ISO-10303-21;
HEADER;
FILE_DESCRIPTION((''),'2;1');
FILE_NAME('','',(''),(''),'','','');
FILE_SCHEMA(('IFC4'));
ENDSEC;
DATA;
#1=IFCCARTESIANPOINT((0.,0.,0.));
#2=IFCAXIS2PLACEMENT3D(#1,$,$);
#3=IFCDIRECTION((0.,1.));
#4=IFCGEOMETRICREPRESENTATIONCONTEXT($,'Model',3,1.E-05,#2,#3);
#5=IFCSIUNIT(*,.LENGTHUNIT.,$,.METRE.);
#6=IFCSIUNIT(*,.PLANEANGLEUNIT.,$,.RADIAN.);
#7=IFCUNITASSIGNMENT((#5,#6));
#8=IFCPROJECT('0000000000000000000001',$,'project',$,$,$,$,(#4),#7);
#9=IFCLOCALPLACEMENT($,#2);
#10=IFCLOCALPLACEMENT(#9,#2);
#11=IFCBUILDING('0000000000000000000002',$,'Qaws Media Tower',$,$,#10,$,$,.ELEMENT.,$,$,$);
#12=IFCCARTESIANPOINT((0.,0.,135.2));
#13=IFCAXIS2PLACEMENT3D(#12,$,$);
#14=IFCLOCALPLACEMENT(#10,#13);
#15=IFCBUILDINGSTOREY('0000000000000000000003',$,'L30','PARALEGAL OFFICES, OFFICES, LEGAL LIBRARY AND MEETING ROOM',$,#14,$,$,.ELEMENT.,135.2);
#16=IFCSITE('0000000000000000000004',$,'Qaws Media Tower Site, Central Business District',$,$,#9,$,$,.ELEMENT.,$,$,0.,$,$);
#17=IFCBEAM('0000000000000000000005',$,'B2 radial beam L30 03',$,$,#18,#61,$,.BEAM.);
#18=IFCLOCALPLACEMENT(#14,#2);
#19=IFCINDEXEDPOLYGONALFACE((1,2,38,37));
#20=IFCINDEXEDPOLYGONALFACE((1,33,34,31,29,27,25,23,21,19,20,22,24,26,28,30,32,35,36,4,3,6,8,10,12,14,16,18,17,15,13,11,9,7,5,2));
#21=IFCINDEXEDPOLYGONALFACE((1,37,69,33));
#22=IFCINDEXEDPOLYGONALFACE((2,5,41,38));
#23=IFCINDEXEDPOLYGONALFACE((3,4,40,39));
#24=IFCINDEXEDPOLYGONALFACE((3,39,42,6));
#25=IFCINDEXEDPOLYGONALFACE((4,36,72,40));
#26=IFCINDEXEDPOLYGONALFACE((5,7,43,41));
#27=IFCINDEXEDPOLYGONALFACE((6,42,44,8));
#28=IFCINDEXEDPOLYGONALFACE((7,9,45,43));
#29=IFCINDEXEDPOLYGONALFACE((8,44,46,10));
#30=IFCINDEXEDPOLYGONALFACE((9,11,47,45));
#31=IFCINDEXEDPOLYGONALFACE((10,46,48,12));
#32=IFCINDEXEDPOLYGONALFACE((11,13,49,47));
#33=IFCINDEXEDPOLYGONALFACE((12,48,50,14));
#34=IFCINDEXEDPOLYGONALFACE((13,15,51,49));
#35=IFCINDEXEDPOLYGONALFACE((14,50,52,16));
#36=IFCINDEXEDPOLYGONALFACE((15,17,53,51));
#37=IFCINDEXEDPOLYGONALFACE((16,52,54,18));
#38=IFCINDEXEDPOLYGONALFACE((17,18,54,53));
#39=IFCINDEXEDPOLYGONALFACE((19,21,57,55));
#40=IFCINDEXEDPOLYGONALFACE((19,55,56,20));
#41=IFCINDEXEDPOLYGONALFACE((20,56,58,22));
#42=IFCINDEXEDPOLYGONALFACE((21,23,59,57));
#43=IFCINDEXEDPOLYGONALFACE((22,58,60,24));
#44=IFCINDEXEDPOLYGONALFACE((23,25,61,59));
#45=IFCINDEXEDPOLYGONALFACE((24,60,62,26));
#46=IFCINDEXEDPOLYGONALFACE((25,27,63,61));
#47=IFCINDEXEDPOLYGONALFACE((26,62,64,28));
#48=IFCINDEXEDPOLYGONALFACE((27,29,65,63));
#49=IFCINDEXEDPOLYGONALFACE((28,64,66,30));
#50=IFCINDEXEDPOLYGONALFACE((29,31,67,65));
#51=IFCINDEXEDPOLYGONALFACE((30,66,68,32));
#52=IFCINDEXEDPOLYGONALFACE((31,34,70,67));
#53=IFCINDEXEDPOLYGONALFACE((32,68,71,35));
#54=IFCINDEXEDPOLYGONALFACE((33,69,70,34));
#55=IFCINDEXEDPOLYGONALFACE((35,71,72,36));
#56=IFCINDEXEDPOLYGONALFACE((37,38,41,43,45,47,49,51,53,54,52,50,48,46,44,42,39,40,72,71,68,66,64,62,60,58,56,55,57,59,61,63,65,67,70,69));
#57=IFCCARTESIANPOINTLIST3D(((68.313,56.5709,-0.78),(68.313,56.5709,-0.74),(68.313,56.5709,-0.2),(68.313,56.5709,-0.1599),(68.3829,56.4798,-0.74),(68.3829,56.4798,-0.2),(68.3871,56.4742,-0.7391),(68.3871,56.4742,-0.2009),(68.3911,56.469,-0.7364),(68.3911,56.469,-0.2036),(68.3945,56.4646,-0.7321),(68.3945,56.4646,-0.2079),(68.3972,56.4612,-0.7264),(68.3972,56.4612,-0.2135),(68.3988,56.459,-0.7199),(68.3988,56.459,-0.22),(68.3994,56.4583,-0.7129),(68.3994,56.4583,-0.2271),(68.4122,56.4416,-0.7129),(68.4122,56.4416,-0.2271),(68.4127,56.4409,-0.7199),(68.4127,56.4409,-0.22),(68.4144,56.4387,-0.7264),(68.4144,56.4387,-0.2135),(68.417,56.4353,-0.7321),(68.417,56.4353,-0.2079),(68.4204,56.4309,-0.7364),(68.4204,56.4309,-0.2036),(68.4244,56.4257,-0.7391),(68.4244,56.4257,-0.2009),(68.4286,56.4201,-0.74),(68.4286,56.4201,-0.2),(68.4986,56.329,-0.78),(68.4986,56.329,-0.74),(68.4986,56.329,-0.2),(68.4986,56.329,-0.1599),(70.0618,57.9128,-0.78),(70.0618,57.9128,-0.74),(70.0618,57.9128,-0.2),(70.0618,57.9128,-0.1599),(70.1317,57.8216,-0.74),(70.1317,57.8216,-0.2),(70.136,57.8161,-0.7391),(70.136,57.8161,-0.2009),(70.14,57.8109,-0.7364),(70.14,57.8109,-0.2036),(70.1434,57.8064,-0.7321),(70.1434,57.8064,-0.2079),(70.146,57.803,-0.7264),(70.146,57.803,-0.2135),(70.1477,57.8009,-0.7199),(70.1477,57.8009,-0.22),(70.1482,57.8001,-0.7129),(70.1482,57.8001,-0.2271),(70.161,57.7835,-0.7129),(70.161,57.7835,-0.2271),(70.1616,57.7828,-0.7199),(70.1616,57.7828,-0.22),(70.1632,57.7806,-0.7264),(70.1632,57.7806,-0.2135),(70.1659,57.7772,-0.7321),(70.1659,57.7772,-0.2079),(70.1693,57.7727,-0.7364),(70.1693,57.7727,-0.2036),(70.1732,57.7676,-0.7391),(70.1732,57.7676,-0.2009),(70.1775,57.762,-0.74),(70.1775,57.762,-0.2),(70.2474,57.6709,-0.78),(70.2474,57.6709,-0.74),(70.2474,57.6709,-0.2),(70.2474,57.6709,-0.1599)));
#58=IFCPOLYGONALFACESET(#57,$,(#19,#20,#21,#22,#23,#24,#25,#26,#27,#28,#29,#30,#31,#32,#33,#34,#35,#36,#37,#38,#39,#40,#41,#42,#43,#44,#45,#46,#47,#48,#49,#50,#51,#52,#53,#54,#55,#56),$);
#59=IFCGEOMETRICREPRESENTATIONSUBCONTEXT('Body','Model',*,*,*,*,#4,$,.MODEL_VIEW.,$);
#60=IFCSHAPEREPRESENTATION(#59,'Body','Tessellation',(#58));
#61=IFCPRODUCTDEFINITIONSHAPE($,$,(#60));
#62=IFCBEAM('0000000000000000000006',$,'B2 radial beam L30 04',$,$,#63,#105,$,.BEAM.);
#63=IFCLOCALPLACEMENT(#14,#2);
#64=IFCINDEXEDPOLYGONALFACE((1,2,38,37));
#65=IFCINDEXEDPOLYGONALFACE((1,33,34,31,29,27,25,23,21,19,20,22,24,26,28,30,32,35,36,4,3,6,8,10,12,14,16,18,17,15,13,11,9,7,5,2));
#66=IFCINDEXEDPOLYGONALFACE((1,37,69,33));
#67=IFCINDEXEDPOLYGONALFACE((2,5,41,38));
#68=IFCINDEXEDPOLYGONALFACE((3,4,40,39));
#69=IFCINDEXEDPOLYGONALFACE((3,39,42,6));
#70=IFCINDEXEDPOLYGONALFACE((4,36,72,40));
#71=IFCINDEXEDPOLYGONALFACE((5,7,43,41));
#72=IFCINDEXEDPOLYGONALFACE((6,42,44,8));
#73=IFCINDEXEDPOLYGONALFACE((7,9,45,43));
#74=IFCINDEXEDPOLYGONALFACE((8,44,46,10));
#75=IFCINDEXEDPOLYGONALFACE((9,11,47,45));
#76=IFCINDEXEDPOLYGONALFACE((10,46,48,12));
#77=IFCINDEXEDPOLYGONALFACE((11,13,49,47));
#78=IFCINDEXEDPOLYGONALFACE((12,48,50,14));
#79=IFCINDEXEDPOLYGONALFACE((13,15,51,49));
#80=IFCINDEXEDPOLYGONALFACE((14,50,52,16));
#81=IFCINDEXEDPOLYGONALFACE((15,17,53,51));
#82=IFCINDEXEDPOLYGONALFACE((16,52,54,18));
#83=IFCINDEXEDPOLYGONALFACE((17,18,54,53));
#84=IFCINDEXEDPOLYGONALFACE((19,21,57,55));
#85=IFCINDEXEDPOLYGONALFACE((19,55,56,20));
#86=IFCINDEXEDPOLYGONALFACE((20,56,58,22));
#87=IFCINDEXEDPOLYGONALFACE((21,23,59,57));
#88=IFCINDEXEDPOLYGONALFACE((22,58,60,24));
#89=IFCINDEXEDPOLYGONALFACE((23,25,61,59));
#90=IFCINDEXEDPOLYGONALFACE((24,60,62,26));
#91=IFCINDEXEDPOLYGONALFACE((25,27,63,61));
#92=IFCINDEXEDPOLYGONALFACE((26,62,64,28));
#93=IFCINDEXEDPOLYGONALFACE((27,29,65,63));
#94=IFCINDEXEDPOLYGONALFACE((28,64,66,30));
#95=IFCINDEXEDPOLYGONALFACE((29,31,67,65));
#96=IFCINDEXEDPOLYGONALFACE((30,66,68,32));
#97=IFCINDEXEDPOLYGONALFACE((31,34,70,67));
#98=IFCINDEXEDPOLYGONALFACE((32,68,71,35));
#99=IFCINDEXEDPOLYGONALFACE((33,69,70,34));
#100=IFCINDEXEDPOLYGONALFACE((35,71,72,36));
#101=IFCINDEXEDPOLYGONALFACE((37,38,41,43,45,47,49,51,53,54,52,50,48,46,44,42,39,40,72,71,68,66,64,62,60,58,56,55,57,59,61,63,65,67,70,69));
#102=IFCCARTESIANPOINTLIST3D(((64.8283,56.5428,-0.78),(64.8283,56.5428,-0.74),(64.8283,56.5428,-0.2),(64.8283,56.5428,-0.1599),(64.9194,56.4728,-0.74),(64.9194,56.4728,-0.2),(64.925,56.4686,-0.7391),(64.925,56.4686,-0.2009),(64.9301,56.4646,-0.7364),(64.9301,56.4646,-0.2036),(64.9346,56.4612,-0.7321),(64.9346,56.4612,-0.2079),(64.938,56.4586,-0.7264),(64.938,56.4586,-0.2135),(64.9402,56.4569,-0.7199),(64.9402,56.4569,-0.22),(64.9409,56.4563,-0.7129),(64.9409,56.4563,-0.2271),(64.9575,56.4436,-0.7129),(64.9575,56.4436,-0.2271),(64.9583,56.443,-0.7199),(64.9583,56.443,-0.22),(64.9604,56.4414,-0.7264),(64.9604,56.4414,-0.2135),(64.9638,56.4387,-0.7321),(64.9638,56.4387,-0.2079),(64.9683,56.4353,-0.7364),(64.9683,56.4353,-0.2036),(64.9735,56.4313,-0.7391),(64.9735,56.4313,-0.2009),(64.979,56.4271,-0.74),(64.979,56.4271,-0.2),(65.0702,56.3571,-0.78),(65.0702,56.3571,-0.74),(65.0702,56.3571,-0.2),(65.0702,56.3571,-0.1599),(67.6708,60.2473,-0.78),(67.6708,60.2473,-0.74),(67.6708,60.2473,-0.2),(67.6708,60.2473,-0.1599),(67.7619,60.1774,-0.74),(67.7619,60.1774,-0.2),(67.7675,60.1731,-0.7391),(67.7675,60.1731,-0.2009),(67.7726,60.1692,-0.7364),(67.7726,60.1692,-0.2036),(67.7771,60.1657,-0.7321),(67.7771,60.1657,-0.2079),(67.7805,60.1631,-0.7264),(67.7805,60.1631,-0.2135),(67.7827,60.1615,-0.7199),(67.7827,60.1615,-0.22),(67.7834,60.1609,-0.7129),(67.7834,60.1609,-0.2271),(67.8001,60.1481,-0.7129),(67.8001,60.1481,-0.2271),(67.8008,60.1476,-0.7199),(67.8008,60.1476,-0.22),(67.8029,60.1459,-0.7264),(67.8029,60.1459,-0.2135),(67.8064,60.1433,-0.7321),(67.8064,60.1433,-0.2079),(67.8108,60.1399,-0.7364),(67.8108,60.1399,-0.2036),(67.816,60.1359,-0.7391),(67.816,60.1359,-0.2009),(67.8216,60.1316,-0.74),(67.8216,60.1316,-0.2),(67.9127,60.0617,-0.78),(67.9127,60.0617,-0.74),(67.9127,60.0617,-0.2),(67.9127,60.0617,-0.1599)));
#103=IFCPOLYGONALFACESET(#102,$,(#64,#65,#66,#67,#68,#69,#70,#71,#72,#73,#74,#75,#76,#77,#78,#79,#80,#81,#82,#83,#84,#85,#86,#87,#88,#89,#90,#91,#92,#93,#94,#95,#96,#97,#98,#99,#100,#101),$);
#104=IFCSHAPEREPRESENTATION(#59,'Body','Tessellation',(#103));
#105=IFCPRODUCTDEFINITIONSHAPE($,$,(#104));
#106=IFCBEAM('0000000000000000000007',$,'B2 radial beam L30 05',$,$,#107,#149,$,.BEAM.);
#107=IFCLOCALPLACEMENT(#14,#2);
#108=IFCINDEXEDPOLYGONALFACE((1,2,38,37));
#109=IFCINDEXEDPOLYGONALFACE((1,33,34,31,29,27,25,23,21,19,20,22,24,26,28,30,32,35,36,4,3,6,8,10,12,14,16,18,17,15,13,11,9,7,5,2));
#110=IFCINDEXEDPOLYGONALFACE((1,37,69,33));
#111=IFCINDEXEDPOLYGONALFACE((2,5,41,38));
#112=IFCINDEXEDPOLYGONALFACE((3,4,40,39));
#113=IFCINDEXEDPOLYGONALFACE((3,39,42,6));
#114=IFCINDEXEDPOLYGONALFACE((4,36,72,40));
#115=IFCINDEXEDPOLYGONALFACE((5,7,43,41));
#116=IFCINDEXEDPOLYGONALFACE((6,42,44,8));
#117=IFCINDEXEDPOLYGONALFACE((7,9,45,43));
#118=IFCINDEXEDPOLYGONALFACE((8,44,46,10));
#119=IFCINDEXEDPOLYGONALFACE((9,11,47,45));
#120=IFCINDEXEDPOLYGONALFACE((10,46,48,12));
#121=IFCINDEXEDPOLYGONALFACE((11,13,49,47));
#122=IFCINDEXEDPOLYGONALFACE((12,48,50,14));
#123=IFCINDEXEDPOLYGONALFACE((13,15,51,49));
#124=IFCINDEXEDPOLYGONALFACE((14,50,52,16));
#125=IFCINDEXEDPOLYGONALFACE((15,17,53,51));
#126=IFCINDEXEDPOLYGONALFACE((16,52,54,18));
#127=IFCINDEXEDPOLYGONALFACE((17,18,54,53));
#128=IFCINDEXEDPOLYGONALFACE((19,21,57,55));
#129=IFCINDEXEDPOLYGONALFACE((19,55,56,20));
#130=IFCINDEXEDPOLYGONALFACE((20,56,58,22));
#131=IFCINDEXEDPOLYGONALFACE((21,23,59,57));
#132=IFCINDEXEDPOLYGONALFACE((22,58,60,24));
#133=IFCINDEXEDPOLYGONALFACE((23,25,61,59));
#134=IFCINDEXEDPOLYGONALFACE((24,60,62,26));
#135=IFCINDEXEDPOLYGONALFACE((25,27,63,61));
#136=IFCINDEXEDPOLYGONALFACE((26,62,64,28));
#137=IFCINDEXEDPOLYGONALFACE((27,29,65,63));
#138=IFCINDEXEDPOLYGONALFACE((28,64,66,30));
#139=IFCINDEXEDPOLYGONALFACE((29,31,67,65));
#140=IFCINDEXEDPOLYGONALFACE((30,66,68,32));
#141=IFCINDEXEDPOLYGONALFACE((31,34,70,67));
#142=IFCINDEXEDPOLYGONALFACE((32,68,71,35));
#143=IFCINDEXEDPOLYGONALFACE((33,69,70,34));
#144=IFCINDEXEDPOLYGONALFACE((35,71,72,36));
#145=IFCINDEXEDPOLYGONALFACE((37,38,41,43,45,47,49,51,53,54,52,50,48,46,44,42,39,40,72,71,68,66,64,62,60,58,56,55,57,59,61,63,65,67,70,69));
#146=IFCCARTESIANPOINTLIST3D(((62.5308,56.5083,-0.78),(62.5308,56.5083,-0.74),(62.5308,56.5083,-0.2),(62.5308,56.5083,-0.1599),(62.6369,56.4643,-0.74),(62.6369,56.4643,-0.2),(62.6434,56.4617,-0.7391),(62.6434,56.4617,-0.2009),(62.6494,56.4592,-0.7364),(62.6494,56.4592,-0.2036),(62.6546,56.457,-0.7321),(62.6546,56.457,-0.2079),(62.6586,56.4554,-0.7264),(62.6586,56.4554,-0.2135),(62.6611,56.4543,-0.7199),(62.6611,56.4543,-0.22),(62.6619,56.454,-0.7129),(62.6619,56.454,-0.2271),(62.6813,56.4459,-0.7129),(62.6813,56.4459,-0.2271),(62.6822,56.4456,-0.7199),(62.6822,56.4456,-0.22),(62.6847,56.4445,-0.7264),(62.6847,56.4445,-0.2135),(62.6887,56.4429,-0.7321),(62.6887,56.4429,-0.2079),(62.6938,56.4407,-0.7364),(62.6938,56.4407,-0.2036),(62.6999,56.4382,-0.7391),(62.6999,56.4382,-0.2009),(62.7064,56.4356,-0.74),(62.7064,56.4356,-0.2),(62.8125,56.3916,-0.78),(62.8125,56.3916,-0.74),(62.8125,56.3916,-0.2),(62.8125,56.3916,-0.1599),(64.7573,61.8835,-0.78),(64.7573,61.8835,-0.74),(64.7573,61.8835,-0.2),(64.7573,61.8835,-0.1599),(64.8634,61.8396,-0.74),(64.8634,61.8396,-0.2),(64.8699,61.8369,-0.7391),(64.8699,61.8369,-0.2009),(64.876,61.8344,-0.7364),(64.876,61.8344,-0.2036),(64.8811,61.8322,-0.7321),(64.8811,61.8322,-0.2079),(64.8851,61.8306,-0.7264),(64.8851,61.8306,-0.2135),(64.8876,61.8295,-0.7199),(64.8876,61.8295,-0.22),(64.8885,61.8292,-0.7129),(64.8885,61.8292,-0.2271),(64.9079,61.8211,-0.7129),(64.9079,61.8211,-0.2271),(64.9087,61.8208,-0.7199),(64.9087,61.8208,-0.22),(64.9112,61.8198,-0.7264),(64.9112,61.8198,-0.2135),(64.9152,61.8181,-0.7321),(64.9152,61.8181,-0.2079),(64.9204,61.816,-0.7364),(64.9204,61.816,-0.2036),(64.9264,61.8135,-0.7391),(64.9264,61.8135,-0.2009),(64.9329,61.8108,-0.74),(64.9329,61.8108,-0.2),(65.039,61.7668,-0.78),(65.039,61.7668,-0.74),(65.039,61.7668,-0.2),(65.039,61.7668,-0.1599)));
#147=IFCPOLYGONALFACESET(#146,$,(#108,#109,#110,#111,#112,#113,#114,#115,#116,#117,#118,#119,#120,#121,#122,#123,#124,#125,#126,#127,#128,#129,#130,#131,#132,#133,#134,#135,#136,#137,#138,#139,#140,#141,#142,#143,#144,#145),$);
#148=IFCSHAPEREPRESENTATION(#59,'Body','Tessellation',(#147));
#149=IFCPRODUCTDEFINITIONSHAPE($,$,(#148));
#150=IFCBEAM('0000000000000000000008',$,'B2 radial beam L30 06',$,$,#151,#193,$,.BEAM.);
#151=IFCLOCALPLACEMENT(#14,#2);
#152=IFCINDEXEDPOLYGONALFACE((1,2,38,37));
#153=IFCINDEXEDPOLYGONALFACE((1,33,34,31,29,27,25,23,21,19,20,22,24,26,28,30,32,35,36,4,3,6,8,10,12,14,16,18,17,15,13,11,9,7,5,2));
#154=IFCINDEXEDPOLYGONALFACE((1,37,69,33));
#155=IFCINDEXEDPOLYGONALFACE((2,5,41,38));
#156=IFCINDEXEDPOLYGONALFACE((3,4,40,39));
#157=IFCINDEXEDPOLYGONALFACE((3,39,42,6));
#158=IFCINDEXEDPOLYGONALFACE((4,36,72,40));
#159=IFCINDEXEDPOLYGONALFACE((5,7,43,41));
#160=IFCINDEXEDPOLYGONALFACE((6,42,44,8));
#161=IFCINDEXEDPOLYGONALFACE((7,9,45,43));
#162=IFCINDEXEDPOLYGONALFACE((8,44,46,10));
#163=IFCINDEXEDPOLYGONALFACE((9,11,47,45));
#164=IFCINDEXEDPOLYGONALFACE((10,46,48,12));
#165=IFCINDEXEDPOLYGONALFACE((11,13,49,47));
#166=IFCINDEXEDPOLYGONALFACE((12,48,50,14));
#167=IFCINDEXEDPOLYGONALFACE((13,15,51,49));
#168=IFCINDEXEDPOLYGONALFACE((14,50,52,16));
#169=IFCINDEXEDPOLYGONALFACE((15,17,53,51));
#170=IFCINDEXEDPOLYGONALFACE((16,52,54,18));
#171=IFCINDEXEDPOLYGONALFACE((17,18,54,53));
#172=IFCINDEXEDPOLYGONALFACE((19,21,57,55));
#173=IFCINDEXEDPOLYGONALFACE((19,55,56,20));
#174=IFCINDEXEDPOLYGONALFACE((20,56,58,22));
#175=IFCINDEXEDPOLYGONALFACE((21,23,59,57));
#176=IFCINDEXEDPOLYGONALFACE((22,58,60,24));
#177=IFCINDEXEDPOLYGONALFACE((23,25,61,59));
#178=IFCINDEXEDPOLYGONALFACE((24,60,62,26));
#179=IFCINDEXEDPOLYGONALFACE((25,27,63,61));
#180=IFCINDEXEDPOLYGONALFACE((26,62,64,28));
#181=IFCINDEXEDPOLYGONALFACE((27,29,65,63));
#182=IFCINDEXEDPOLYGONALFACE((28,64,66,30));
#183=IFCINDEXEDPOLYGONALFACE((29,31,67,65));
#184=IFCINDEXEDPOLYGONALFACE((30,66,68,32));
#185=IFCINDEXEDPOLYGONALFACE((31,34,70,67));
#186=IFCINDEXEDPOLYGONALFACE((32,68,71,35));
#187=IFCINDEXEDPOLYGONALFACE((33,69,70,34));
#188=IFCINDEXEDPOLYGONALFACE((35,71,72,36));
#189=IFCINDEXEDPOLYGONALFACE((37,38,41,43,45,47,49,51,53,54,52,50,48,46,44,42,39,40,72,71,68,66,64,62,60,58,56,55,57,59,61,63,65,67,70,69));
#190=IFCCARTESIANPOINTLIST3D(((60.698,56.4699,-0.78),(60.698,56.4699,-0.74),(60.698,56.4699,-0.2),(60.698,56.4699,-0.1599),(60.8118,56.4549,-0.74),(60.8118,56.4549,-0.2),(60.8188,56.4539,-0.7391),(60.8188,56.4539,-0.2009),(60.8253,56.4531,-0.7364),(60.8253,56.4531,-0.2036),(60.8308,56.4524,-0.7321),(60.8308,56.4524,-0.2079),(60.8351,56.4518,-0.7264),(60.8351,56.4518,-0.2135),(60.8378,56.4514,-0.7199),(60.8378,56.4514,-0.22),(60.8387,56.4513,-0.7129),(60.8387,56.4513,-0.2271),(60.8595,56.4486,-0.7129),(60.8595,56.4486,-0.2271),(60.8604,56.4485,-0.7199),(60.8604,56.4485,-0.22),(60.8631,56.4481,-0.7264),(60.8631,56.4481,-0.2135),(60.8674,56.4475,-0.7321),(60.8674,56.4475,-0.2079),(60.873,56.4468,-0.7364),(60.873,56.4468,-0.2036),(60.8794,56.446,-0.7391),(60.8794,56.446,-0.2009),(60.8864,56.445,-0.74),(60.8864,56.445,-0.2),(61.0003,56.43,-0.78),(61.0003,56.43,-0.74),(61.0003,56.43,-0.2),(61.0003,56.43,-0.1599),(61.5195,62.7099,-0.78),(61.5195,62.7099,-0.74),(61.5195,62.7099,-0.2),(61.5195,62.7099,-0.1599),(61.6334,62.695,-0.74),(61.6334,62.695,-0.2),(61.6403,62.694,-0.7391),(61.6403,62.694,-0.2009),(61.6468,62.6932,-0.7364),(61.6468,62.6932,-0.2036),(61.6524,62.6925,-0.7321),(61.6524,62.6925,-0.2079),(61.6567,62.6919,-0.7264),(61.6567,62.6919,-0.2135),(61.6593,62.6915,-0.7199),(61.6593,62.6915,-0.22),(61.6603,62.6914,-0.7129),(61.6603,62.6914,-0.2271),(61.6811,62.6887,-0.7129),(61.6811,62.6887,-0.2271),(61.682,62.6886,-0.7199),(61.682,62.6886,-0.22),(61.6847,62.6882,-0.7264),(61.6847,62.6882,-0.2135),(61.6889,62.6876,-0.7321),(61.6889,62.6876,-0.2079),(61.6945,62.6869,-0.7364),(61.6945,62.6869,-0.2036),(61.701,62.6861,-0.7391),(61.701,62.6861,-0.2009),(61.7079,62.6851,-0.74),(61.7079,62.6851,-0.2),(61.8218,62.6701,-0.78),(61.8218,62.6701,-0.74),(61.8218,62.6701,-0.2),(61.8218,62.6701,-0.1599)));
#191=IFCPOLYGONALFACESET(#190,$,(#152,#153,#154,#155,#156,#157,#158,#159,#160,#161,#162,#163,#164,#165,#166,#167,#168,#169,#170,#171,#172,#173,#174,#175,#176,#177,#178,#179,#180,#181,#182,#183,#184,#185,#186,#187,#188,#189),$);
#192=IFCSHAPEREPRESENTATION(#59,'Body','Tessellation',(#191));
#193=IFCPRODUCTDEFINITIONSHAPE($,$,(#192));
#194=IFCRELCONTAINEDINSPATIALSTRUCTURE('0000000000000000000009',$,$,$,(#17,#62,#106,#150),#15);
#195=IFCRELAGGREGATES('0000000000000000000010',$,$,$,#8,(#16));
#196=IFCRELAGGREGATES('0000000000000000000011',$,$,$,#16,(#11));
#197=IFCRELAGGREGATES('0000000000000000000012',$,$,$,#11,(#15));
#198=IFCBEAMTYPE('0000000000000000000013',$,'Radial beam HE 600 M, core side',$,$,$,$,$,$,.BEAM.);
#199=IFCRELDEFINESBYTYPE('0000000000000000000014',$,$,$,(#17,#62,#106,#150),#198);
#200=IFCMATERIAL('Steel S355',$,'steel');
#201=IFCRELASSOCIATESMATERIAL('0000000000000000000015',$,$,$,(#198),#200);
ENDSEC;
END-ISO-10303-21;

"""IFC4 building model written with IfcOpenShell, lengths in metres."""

from ifc_helpers import new_model, si_unit, direction, frame, origin, origin_2d, place, context, subcontext, project, spatial, i_section, extrude, material, material_profile, profile_set, type_object, element, save


model = new_model("IFC4")

# Units and contexts
model_context = context("Model", 3, precision=1e-05, world=origin(), true_north=direction((0.0, 1.0)))
body_context = subcontext(model_context, "Body", "Model", "MODEL_VIEW")
ifc_project = project(units=[si_unit("LENGTHUNIT", "METRE"), si_unit("PLANEANGLEUNIT", "RADIAN")], contexts=[model_context])

# Site, building, storey
site_placement = place(None, origin())
site = spatial("IfcSite", under=ifc_project, at=site_placement, Name="Qaws Media Tower Site, Central Business District", CompositionType="ELEMENT", RefElevation=0.0)
building_placement = place(site_placement, origin())
building = spatial("IfcBuilding", under=site, at=building_placement, Name="Qaws Media Tower", CompositionType="ELEMENT")
storey_placement = place(building_placement, frame((0.0, 0.0, 135.2)))
storey = spatial("IfcBuildingStorey", under=building, at=storey_placement, Name="L30", Description="PARALEGAL OFFICES, OFFICES, LEGAL LIBRARY AND MEETING ROOM", CompositionType="ELEMENT", Elevation=135.2)

# Beams
ifc_material_1 = material(Name="Steel S355", Category="steel")
ifc_material_profile = material_profile(ifc_material_1, i_section(OverallWidth=0.3049, OverallDepth=0.6201, WebThickness=0.021, FlangeThickness=0.04, FilletRadius=0.0271, at=origin_2d()), Name="HE 600 M")
ifc_profile_set = profile_set([ifc_material_profile], Name="Steel S355")
beam_type = type_object("IfcBeamType", Name="Radial beam HE 600 M, core side", PredefinedType="BEAM", material=ifc_profile_set)
beam_1_placement = place(storey_placement, frame((68.4058, 56.45, -0.47), z_axis=(0.793373, 0.608736, 0.0), x_axis=(-0.608736, 0.793373, 0.0)))
element("IfcBeam", 1, at=beam_1_placement, inside=storey, type_object=beam_type, Name="B2 radial beam L30 03", PredefinedType="BEAM", context=body_context, shape_type="SweptSolid", body=[
    extrude(i_section(OverallWidth=0.3049, OverallDepth=0.6201, WebThickness=0.021, FlangeThickness=0.04, FilletRadius=0.0271, at=origin_2d()), origin(), (0.0, 0.0, 1.0), 2.2043),
])
beam_2_placement = place(storey_placement, frame((64.9492, 56.45, -0.47), z_axis=(0.608748, 0.793364, 0.0), x_axis=(-0.793364, 0.608748, 0.0)))
element("IfcBeam", 2, at=beam_2_placement, inside=storey, type_object=beam_type, Name="B2 radial beam L30 04", PredefinedType="BEAM", context=body_context, shape_type="SweptSolid", body=[
    extrude(i_section(OverallWidth=0.3049, OverallDepth=0.6201, WebThickness=0.021, FlangeThickness=0.04, FilletRadius=0.0271, at=origin_2d()), origin(), (0.0, 0.0, 1.0), 4.6694),
])
beam_3_placement = place(storey_placement, frame((62.6716, 56.45, -0.47), z_axis=(0.382693, 0.923876, 0.0), x_axis=(-0.923876, 0.382693, 0.0)))
element("IfcBeam", 3, at=beam_3_placement, inside=storey, type_object=beam_type, Name="B2 radial beam L30 05", PredefinedType="BEAM", context=body_context, shape_type="SweptSolid", body=[
    extrude(i_section(OverallWidth=0.3049, OverallDepth=0.6201, WebThickness=0.021, FlangeThickness=0.04, FilletRadius=0.0271, at=origin_2d()), origin(), (0.0, 0.0, 1.0), 5.8181),
])
for number, where, z_axis, x_axis, name in (
    (4, (60.8491, 56.45, -0.47), (0.13053, 0.991444, 0.0), (-0.991444, 0.13053, 0.0), "B2 radial beam L30 06"),
):
    element("IfcBeam", number, at=place(storey_placement, frame(where, z_axis=z_axis, x_axis=x_axis)), inside=storey, type_object=beam_type, Name=name, PredefinedType="BEAM", context=body_context, shape_type="SweptSolid", body=[
        extrude(i_section(OverallWidth=0.3049, OverallDepth=0.6201, WebThickness=0.021, FlangeThickness=0.04, FilletRadius=0.0271, at=origin_2d()), origin(), (0.0, 0.0, 1.0), 6.2939),
    ])

save(model, "model.ifc")
